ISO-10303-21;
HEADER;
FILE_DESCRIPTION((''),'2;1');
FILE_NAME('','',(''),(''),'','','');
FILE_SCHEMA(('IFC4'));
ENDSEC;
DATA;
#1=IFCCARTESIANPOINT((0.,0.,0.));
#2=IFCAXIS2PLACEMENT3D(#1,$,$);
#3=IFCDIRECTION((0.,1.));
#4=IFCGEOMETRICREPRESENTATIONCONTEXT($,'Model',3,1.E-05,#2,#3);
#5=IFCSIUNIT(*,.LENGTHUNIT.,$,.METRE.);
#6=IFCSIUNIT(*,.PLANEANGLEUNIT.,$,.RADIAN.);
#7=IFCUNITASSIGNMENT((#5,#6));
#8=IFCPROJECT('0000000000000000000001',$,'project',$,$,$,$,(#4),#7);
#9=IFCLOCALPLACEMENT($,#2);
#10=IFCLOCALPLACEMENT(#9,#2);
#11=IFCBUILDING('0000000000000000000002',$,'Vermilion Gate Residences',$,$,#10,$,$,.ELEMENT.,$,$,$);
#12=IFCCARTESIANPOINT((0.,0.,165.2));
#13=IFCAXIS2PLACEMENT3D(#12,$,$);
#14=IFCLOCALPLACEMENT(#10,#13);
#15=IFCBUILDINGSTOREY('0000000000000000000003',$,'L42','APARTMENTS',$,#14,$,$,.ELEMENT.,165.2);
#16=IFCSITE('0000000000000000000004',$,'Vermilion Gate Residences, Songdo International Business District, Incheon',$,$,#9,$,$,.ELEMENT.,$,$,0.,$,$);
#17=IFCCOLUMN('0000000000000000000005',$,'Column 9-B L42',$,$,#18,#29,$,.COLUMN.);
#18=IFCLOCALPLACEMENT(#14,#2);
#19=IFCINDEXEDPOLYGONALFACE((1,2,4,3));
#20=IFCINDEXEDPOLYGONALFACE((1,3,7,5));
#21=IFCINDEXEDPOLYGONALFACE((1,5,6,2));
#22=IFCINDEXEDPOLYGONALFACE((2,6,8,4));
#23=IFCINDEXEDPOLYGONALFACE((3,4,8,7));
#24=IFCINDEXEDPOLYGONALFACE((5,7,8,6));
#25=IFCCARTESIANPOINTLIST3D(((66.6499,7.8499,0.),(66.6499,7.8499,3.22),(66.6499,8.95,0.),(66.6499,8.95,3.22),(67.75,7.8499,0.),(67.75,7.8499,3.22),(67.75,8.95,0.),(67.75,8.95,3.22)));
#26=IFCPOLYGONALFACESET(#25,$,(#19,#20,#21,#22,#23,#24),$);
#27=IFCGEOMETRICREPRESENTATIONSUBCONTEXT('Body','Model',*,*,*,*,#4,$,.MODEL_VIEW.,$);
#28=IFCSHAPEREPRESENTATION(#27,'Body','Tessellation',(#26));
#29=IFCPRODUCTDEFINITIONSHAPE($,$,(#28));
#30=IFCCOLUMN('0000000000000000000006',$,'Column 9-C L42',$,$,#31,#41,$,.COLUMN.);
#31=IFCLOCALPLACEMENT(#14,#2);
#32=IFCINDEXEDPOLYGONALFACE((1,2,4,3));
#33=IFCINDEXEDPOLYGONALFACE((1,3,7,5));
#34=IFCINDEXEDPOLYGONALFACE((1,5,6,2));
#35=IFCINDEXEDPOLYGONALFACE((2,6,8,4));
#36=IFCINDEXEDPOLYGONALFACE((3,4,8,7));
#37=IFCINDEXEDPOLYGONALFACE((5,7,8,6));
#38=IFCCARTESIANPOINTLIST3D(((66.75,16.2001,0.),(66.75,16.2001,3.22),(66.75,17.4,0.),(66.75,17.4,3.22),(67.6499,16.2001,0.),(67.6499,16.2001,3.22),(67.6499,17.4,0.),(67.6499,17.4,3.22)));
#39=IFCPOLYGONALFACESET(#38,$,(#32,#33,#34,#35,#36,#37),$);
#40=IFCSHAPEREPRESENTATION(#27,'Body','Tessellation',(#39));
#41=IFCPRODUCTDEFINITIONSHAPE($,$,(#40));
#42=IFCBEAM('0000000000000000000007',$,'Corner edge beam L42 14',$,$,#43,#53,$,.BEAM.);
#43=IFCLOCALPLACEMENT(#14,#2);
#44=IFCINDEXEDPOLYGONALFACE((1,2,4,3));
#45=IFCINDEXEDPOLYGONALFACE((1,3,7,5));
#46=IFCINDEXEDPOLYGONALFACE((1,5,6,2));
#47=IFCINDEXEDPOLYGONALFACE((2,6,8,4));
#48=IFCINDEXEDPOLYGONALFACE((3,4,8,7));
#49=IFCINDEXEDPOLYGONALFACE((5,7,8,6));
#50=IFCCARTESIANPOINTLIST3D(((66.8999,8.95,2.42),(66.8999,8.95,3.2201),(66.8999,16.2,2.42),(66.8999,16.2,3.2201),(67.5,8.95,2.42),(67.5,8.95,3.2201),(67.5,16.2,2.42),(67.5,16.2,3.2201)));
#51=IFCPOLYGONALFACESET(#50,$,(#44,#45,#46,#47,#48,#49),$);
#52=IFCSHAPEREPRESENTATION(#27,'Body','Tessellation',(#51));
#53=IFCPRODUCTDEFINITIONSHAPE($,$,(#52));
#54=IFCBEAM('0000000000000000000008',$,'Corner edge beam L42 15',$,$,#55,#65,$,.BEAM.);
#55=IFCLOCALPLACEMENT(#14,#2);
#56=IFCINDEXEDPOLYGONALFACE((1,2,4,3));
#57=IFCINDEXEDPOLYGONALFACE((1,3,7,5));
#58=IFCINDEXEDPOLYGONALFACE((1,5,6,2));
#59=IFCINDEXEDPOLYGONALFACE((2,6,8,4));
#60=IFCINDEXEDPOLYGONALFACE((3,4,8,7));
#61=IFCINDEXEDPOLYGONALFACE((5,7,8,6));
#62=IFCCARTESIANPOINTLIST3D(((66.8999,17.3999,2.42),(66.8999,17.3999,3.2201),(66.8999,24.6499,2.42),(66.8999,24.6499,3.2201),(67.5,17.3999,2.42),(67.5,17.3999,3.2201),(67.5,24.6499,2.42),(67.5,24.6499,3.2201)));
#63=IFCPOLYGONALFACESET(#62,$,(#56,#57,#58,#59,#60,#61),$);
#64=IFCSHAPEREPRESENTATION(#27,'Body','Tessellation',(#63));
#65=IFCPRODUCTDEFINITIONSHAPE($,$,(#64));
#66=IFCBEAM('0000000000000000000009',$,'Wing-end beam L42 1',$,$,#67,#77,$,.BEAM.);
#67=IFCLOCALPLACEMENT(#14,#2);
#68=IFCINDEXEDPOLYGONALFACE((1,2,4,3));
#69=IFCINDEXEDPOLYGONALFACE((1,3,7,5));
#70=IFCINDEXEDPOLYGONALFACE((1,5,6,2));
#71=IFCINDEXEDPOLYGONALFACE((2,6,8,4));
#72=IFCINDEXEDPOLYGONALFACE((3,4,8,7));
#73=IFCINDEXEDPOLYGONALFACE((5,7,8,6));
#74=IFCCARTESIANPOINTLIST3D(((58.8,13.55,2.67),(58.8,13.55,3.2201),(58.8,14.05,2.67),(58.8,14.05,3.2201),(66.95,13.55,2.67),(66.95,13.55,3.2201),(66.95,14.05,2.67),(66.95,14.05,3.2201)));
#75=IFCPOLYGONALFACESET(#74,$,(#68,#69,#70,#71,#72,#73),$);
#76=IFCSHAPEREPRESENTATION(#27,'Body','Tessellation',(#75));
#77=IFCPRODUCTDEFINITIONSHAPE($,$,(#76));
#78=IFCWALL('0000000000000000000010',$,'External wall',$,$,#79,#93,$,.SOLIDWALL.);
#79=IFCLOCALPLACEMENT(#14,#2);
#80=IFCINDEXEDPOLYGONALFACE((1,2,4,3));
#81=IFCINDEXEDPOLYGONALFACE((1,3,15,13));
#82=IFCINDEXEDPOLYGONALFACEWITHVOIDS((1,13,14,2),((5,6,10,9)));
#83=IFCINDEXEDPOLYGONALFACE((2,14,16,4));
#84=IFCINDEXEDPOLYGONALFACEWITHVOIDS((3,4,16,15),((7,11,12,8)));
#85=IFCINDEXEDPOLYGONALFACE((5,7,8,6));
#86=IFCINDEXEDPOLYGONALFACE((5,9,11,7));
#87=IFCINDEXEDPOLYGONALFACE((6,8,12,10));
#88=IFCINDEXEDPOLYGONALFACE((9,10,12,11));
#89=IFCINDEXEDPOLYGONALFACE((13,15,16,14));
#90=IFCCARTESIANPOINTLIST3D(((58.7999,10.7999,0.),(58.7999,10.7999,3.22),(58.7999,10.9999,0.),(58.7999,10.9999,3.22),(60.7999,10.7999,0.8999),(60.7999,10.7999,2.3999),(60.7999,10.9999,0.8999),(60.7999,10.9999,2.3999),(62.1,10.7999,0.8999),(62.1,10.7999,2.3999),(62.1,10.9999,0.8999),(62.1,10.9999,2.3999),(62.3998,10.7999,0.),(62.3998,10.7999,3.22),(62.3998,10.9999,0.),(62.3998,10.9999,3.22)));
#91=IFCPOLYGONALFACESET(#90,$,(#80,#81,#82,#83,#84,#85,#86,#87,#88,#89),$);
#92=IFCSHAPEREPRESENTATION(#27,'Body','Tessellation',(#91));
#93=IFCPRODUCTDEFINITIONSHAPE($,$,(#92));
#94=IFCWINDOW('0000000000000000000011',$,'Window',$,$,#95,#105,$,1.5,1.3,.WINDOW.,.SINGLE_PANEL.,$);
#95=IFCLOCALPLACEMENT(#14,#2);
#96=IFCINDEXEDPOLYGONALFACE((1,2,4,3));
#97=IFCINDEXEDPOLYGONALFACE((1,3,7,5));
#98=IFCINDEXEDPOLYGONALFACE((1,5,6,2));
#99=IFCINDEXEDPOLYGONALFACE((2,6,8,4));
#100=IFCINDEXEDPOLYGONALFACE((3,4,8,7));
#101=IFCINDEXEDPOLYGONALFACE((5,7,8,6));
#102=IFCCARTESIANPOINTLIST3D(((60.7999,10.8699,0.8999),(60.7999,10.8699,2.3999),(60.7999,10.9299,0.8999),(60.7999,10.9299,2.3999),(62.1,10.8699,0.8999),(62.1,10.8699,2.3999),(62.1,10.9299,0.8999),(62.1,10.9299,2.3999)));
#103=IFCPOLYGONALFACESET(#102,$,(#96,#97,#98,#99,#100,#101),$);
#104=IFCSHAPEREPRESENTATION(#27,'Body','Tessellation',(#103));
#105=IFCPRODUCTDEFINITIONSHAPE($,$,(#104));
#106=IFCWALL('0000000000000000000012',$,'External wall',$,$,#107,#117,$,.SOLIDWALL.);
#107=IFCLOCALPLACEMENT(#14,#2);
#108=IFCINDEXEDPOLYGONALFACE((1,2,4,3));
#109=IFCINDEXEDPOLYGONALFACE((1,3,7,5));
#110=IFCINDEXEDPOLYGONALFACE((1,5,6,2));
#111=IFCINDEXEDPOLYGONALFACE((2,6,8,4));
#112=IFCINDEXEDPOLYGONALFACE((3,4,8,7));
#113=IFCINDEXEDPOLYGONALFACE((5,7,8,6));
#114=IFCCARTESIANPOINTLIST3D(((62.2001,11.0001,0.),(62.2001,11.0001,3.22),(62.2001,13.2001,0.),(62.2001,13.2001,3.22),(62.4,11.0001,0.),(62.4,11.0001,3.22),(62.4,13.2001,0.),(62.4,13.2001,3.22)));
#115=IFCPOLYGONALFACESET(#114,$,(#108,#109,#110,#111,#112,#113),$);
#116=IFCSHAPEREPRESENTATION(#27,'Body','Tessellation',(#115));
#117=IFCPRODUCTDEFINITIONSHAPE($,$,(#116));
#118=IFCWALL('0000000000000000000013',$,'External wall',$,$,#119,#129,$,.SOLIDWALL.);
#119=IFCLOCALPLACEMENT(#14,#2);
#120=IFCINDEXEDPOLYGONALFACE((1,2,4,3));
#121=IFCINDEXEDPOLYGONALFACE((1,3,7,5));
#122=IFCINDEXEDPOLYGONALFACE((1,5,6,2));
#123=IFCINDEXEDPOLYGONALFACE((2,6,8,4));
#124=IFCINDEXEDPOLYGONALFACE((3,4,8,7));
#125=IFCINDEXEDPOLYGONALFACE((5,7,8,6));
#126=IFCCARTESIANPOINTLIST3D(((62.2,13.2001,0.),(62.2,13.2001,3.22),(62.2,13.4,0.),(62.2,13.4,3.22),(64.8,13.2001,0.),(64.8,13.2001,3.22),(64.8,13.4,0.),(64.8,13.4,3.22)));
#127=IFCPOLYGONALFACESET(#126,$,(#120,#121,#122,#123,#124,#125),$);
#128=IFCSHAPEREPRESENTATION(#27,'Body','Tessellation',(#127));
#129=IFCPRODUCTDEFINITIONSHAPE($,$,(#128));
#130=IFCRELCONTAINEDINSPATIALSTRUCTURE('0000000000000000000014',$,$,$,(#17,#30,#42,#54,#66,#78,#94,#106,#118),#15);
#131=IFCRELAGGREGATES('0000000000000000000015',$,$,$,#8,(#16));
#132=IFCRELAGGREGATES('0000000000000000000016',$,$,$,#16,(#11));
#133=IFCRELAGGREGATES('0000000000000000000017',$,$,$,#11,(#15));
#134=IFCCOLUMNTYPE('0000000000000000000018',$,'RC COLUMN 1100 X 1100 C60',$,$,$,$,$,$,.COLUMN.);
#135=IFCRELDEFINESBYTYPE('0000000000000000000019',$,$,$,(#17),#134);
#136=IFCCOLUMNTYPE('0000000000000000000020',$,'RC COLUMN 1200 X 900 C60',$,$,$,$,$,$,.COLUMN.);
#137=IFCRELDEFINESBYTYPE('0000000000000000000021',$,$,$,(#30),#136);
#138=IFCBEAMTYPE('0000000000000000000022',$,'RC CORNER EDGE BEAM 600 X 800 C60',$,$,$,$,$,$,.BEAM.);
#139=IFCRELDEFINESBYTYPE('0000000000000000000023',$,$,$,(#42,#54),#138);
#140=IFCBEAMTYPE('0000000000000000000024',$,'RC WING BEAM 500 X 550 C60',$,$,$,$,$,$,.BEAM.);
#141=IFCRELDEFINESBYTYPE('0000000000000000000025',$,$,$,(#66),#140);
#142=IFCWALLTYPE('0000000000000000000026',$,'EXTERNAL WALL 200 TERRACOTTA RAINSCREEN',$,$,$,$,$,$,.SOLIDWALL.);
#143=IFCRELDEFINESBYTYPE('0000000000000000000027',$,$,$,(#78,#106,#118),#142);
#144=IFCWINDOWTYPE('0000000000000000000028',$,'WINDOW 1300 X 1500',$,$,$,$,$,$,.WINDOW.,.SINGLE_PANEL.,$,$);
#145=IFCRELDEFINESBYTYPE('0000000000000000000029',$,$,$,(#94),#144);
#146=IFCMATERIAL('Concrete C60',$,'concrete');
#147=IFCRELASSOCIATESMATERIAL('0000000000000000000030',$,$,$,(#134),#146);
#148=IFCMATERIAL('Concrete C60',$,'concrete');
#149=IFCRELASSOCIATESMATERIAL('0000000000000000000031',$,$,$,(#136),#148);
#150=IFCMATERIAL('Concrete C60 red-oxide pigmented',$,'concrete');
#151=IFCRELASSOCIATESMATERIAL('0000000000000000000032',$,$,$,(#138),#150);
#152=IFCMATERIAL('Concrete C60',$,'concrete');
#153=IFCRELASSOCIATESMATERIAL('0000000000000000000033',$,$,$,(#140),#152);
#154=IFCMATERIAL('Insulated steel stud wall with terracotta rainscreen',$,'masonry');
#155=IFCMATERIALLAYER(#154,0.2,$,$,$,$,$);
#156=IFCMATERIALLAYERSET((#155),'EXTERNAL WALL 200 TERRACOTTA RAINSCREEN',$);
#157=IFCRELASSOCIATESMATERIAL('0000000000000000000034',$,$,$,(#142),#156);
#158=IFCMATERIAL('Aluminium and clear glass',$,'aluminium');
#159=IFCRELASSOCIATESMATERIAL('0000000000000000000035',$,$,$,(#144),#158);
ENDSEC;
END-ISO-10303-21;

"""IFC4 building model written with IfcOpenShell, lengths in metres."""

from ifc_helpers import new_model, si_unit, direction, frame, frame_2d, origin, origin_2d, place, context, subcontext, project, spatial, rectangle, extrude, material, layer, layer_set, material_profile, profile_set, type_object, element, fill, save


model = new_model("IFC4")

# Units and contexts
model_context = context("Model", 3, precision=1e-05, world=origin(), true_north=direction((0.0, 1.0)))
body_context = subcontext(model_context, "Body", "Model", "MODEL_VIEW")
ifc_project = project(units=[si_unit("LENGTHUNIT", "METRE"), si_unit("PLANEANGLEUNIT", "RADIAN")], contexts=[model_context])

# Site, building, storey
site_placement = place(None, origin())
site = spatial("IfcSite", under=ifc_project, at=site_placement, Name="Vermilion Gate Residences, Songdo International Business District, Incheon", CompositionType="ELEMENT", RefElevation=0.0)
building_placement = place(site_placement, origin())
building = spatial("IfcBuilding", under=site, at=building_placement, Name="Vermilion Gate Residences", CompositionType="ELEMENT")
storey_placement = place(building_placement, frame((0.0, 0.0, 165.2)))
storey = spatial("IfcBuildingStorey", under=building, at=storey_placement, Name="L42", Description="APARTMENTS", CompositionType="ELEMENT", Elevation=165.2)

# Columns
ifc_material_1 = material(Name="Concrete C60", Category="concrete")
ifc_material_profile_1 = material_profile(ifc_material_1, rectangle(XDim=1.1001, YDim=1.1001, at=origin_2d()), Name="RC-1100x1100")
ifc_profile_set_1 = profile_set([ifc_material_profile_1], Name="Concrete C60")
column_type_1 = type_object("IfcColumnType", Name="RC COLUMN 1100 X 1100 C60", PredefinedType="COLUMN", material=ifc_profile_set_1)
column_1_placement = place(storey_placement, frame((67.2, 8.3999, 0.0), z_axis=(0.0, 0.0, 1.0), x_axis=(1.0, 0.0, 0.0)))
element("IfcColumn", 1, at=column_1_placement, inside=storey, type_object=column_type_1, Name="Column 9-B L42", PredefinedType="COLUMN", context=body_context, shape_type="SweptSolid", body=[
    extrude(rectangle(XDim=1.1001, YDim=1.1001, at=origin_2d()), origin(), (0.0, 0.0, 1.0), 3.22),
])
ifc_material_2 = material(Name="Concrete C60", Category="concrete")
ifc_material_profile_2 = material_profile(ifc_material_2, rectangle(XDim=1.2, YDim=0.8999, at=origin_2d()), Name="RC-1200x900")
ifc_profile_set_2 = profile_set([ifc_material_profile_2], Name="Concrete C60")
column_type_2 = type_object("IfcColumnType", Name="RC COLUMN 1200 X 900 C60", PredefinedType="COLUMN", material=ifc_profile_set_2)
column_2_placement = place(storey_placement, frame((67.2, 16.8, 0.0), z_axis=(0.0, 0.0, 1.0), x_axis=(0.0, 1.0, 0.0)))
element("IfcColumn", 2, at=column_2_placement, inside=storey, type_object=column_type_2, Name="Column 9-C L42", PredefinedType="COLUMN", context=body_context, shape_type="SweptSolid", body=[
    extrude(rectangle(XDim=1.2, YDim=0.8999, at=origin_2d()), origin(), (0.0, 0.0, 1.0), 3.22),
])

# Beams
ifc_material_3 = material(Name="Concrete C60 red-oxide pigmented", Category="concrete")
ifc_material_profile_3 = material_profile(ifc_material_3, rectangle(XDim=0.6001, YDim=0.8, at=origin_2d()), Name="RC-600x800")
ifc_profile_set_3 = profile_set([ifc_material_profile_3], Name="Concrete C60 red-oxide pigmented")
beam_type_1 = type_object("IfcBeamType", Name="RC CORNER EDGE BEAM 600 X 800 C60", PredefinedType="BEAM", material=ifc_profile_set_3)
for number, where, z_axis, x_axis, name in (
    (3, (67.2, 8.95, 2.8201), (0.0, 1.0, 0.0), (-1.0, 0.0, 0.0), "Corner edge beam L42 14"),
    (4, (67.2, 17.3999, 2.8201), (0.0, 1.0, 0.0), (-1.0, 0.0, 0.0), "Corner edge beam L42 15"),
):
    element("IfcBeam", number, at=place(storey_placement, frame(where, z_axis=z_axis, x_axis=x_axis)), inside=storey, type_object=beam_type_1, Name=name, PredefinedType="BEAM", context=body_context, shape_type="SweptSolid", body=[
        extrude(rectangle(XDim=0.6001, YDim=0.8, at=origin_2d()), origin(), (0.0, 0.0, 1.0), 7.25),
    ])
ifc_material_4 = material(Name="Concrete C60", Category="concrete")
ifc_material_profile_4 = material_profile(ifc_material_4, rectangle(XDim=0.5, YDim=0.55, at=origin_2d()), Name="RC-500x550")
ifc_profile_set_4 = profile_set([ifc_material_profile_4], Name="Concrete C60")
beam_type_2 = type_object("IfcBeamType", Name="RC WING BEAM 500 X 550 C60", PredefinedType="BEAM", material=ifc_profile_set_4)
beam_placement = place(storey_placement, frame((58.8, 13.8, 2.9451), z_axis=(1.0, 0.0, 0.0), x_axis=(0.0, 1.0, 0.0)))
element("IfcBeam", 5, at=beam_placement, inside=storey, type_object=beam_type_2, Name="Wing-end beam L42 1", PredefinedType="BEAM", context=body_context, shape_type="SweptSolid", body=[
    extrude(rectangle(XDim=0.5, YDim=0.55, at=origin_2d()), origin(), (0.0, 0.0, 1.0), 8.1499),
])

# Wall, opening, window
ifc_material_5 = material(Name="Insulated steel stud wall with terracotta rainscreen", Category="masonry")
ifc_layer_1 = layer(ifc_material_5, 0.2)
ifc_layer_set_1 = layer_set([ifc_layer_1], Name="EXTERNAL WALL 200 TERRACOTTA RAINSCREEN")
wall_type_1 = type_object("IfcWallType", Name="EXTERNAL WALL 200 TERRACOTTA RAINSCREEN", PredefinedType="SOLIDWALL", material=ifc_layer_set_1)
wall_1_placement = place(storey_placement, frame((58.8, 10.8999, 0.0), z_axis=(0.0, 0.0, 1.0), x_axis=(1.0, 0.0, 0.0)))
wall_1 = element("IfcWall", 6, at=wall_1_placement, inside=storey, type_object=wall_type_1, Name="External wall", PredefinedType="SOLIDWALL", context=body_context, shape_type="SweptSolid", body=[
    extrude(rectangle(XDim=3.5999, YDim=0.2, at=frame_2d((1.7998, 0.0))), origin(), (0.0, 0.0, 1.0), 3.22),
])
opening_1_placement = place(wall_1_placement, frame((2.0, 0.0, 0.8999)))
opening_1 = element("IfcOpeningElement", 7, at=opening_1_placement, cuts=wall_1, PredefinedType="OPENING", context=body_context, shape_type="SweptSolid", body=[
    extrude(rectangle(XDim=1.3, YDim=1.5, at=frame_2d((0.6499, 0.75))), frame((0.0, 0.1099, 0.0), z_axis=(0.0, -1.0, 0.0), x_axis=(1.0, 0.0, 0.0)), (0.0, 0.0, 1.0), 0.22),
])
ifc_material_6 = material(Name="Aluminium and clear glass", Category="aluminium")
window_type_1 = type_object("IfcWindowType", Name="WINDOW 1300 X 1500", PartitioningType="SINGLE_PANEL", PredefinedType="WINDOW", material=ifc_material_6)
window_1_placement = place(opening_1_placement, origin())
window_1 = element("IfcWindow", 8, at=window_1_placement, inside=storey, type_object=window_type_1, Name="Window", OverallHeight=1.5, OverallWidth=1.3, PartitioningType="SINGLE_PANEL", PredefinedType="WINDOW", context=body_context, shape_type="SweptSolid", body=[
    extrude(rectangle(XDim=1.3, YDim=1.5, at=frame_2d((0.6499, 0.75))), frame((0.0, 0.03, 0.0), z_axis=(0.0, -1.0, 0.0), x_axis=(1.0, 0.0, 0.0)), (0.0, 0.0, 1.0), 0.0601),
])
fill(opening_1, window_1)

# Walls
wall_2_placement = place(storey_placement, frame((62.3, 11.0, 0.0), z_axis=(0.0, 0.0, 1.0), x_axis=(0.0, 1.0, 0.0)))
element("IfcWall", 9, at=wall_2_placement, inside=storey, type_object=wall_type_1, Name="External wall", PredefinedType="SOLIDWALL", context=body_context, shape_type="SweptSolid", body=[
    extrude(rectangle(XDim=2.2, YDim=0.2, at=frame_2d((1.1001, 0.0))), origin(), (0.0, 0.0, 1.0), 3.22),
])
wall_3_placement = place(storey_placement, frame((62.2, 13.3, 0.0), z_axis=(0.0, 0.0, 1.0), x_axis=(1.0, 0.0, 0.0)))
element("IfcWall", 10, at=wall_3_placement, inside=storey, type_object=wall_type_1, Name="External wall", PredefinedType="SOLIDWALL", context=body_context, shape_type="SweptSolid", body=[
    extrude(rectangle(XDim=2.6001, YDim=0.2, at=frame_2d((1.3, 0.0))), origin(), (0.0, 0.0, 1.0), 3.22),
])

save(model, "model.ifc")
